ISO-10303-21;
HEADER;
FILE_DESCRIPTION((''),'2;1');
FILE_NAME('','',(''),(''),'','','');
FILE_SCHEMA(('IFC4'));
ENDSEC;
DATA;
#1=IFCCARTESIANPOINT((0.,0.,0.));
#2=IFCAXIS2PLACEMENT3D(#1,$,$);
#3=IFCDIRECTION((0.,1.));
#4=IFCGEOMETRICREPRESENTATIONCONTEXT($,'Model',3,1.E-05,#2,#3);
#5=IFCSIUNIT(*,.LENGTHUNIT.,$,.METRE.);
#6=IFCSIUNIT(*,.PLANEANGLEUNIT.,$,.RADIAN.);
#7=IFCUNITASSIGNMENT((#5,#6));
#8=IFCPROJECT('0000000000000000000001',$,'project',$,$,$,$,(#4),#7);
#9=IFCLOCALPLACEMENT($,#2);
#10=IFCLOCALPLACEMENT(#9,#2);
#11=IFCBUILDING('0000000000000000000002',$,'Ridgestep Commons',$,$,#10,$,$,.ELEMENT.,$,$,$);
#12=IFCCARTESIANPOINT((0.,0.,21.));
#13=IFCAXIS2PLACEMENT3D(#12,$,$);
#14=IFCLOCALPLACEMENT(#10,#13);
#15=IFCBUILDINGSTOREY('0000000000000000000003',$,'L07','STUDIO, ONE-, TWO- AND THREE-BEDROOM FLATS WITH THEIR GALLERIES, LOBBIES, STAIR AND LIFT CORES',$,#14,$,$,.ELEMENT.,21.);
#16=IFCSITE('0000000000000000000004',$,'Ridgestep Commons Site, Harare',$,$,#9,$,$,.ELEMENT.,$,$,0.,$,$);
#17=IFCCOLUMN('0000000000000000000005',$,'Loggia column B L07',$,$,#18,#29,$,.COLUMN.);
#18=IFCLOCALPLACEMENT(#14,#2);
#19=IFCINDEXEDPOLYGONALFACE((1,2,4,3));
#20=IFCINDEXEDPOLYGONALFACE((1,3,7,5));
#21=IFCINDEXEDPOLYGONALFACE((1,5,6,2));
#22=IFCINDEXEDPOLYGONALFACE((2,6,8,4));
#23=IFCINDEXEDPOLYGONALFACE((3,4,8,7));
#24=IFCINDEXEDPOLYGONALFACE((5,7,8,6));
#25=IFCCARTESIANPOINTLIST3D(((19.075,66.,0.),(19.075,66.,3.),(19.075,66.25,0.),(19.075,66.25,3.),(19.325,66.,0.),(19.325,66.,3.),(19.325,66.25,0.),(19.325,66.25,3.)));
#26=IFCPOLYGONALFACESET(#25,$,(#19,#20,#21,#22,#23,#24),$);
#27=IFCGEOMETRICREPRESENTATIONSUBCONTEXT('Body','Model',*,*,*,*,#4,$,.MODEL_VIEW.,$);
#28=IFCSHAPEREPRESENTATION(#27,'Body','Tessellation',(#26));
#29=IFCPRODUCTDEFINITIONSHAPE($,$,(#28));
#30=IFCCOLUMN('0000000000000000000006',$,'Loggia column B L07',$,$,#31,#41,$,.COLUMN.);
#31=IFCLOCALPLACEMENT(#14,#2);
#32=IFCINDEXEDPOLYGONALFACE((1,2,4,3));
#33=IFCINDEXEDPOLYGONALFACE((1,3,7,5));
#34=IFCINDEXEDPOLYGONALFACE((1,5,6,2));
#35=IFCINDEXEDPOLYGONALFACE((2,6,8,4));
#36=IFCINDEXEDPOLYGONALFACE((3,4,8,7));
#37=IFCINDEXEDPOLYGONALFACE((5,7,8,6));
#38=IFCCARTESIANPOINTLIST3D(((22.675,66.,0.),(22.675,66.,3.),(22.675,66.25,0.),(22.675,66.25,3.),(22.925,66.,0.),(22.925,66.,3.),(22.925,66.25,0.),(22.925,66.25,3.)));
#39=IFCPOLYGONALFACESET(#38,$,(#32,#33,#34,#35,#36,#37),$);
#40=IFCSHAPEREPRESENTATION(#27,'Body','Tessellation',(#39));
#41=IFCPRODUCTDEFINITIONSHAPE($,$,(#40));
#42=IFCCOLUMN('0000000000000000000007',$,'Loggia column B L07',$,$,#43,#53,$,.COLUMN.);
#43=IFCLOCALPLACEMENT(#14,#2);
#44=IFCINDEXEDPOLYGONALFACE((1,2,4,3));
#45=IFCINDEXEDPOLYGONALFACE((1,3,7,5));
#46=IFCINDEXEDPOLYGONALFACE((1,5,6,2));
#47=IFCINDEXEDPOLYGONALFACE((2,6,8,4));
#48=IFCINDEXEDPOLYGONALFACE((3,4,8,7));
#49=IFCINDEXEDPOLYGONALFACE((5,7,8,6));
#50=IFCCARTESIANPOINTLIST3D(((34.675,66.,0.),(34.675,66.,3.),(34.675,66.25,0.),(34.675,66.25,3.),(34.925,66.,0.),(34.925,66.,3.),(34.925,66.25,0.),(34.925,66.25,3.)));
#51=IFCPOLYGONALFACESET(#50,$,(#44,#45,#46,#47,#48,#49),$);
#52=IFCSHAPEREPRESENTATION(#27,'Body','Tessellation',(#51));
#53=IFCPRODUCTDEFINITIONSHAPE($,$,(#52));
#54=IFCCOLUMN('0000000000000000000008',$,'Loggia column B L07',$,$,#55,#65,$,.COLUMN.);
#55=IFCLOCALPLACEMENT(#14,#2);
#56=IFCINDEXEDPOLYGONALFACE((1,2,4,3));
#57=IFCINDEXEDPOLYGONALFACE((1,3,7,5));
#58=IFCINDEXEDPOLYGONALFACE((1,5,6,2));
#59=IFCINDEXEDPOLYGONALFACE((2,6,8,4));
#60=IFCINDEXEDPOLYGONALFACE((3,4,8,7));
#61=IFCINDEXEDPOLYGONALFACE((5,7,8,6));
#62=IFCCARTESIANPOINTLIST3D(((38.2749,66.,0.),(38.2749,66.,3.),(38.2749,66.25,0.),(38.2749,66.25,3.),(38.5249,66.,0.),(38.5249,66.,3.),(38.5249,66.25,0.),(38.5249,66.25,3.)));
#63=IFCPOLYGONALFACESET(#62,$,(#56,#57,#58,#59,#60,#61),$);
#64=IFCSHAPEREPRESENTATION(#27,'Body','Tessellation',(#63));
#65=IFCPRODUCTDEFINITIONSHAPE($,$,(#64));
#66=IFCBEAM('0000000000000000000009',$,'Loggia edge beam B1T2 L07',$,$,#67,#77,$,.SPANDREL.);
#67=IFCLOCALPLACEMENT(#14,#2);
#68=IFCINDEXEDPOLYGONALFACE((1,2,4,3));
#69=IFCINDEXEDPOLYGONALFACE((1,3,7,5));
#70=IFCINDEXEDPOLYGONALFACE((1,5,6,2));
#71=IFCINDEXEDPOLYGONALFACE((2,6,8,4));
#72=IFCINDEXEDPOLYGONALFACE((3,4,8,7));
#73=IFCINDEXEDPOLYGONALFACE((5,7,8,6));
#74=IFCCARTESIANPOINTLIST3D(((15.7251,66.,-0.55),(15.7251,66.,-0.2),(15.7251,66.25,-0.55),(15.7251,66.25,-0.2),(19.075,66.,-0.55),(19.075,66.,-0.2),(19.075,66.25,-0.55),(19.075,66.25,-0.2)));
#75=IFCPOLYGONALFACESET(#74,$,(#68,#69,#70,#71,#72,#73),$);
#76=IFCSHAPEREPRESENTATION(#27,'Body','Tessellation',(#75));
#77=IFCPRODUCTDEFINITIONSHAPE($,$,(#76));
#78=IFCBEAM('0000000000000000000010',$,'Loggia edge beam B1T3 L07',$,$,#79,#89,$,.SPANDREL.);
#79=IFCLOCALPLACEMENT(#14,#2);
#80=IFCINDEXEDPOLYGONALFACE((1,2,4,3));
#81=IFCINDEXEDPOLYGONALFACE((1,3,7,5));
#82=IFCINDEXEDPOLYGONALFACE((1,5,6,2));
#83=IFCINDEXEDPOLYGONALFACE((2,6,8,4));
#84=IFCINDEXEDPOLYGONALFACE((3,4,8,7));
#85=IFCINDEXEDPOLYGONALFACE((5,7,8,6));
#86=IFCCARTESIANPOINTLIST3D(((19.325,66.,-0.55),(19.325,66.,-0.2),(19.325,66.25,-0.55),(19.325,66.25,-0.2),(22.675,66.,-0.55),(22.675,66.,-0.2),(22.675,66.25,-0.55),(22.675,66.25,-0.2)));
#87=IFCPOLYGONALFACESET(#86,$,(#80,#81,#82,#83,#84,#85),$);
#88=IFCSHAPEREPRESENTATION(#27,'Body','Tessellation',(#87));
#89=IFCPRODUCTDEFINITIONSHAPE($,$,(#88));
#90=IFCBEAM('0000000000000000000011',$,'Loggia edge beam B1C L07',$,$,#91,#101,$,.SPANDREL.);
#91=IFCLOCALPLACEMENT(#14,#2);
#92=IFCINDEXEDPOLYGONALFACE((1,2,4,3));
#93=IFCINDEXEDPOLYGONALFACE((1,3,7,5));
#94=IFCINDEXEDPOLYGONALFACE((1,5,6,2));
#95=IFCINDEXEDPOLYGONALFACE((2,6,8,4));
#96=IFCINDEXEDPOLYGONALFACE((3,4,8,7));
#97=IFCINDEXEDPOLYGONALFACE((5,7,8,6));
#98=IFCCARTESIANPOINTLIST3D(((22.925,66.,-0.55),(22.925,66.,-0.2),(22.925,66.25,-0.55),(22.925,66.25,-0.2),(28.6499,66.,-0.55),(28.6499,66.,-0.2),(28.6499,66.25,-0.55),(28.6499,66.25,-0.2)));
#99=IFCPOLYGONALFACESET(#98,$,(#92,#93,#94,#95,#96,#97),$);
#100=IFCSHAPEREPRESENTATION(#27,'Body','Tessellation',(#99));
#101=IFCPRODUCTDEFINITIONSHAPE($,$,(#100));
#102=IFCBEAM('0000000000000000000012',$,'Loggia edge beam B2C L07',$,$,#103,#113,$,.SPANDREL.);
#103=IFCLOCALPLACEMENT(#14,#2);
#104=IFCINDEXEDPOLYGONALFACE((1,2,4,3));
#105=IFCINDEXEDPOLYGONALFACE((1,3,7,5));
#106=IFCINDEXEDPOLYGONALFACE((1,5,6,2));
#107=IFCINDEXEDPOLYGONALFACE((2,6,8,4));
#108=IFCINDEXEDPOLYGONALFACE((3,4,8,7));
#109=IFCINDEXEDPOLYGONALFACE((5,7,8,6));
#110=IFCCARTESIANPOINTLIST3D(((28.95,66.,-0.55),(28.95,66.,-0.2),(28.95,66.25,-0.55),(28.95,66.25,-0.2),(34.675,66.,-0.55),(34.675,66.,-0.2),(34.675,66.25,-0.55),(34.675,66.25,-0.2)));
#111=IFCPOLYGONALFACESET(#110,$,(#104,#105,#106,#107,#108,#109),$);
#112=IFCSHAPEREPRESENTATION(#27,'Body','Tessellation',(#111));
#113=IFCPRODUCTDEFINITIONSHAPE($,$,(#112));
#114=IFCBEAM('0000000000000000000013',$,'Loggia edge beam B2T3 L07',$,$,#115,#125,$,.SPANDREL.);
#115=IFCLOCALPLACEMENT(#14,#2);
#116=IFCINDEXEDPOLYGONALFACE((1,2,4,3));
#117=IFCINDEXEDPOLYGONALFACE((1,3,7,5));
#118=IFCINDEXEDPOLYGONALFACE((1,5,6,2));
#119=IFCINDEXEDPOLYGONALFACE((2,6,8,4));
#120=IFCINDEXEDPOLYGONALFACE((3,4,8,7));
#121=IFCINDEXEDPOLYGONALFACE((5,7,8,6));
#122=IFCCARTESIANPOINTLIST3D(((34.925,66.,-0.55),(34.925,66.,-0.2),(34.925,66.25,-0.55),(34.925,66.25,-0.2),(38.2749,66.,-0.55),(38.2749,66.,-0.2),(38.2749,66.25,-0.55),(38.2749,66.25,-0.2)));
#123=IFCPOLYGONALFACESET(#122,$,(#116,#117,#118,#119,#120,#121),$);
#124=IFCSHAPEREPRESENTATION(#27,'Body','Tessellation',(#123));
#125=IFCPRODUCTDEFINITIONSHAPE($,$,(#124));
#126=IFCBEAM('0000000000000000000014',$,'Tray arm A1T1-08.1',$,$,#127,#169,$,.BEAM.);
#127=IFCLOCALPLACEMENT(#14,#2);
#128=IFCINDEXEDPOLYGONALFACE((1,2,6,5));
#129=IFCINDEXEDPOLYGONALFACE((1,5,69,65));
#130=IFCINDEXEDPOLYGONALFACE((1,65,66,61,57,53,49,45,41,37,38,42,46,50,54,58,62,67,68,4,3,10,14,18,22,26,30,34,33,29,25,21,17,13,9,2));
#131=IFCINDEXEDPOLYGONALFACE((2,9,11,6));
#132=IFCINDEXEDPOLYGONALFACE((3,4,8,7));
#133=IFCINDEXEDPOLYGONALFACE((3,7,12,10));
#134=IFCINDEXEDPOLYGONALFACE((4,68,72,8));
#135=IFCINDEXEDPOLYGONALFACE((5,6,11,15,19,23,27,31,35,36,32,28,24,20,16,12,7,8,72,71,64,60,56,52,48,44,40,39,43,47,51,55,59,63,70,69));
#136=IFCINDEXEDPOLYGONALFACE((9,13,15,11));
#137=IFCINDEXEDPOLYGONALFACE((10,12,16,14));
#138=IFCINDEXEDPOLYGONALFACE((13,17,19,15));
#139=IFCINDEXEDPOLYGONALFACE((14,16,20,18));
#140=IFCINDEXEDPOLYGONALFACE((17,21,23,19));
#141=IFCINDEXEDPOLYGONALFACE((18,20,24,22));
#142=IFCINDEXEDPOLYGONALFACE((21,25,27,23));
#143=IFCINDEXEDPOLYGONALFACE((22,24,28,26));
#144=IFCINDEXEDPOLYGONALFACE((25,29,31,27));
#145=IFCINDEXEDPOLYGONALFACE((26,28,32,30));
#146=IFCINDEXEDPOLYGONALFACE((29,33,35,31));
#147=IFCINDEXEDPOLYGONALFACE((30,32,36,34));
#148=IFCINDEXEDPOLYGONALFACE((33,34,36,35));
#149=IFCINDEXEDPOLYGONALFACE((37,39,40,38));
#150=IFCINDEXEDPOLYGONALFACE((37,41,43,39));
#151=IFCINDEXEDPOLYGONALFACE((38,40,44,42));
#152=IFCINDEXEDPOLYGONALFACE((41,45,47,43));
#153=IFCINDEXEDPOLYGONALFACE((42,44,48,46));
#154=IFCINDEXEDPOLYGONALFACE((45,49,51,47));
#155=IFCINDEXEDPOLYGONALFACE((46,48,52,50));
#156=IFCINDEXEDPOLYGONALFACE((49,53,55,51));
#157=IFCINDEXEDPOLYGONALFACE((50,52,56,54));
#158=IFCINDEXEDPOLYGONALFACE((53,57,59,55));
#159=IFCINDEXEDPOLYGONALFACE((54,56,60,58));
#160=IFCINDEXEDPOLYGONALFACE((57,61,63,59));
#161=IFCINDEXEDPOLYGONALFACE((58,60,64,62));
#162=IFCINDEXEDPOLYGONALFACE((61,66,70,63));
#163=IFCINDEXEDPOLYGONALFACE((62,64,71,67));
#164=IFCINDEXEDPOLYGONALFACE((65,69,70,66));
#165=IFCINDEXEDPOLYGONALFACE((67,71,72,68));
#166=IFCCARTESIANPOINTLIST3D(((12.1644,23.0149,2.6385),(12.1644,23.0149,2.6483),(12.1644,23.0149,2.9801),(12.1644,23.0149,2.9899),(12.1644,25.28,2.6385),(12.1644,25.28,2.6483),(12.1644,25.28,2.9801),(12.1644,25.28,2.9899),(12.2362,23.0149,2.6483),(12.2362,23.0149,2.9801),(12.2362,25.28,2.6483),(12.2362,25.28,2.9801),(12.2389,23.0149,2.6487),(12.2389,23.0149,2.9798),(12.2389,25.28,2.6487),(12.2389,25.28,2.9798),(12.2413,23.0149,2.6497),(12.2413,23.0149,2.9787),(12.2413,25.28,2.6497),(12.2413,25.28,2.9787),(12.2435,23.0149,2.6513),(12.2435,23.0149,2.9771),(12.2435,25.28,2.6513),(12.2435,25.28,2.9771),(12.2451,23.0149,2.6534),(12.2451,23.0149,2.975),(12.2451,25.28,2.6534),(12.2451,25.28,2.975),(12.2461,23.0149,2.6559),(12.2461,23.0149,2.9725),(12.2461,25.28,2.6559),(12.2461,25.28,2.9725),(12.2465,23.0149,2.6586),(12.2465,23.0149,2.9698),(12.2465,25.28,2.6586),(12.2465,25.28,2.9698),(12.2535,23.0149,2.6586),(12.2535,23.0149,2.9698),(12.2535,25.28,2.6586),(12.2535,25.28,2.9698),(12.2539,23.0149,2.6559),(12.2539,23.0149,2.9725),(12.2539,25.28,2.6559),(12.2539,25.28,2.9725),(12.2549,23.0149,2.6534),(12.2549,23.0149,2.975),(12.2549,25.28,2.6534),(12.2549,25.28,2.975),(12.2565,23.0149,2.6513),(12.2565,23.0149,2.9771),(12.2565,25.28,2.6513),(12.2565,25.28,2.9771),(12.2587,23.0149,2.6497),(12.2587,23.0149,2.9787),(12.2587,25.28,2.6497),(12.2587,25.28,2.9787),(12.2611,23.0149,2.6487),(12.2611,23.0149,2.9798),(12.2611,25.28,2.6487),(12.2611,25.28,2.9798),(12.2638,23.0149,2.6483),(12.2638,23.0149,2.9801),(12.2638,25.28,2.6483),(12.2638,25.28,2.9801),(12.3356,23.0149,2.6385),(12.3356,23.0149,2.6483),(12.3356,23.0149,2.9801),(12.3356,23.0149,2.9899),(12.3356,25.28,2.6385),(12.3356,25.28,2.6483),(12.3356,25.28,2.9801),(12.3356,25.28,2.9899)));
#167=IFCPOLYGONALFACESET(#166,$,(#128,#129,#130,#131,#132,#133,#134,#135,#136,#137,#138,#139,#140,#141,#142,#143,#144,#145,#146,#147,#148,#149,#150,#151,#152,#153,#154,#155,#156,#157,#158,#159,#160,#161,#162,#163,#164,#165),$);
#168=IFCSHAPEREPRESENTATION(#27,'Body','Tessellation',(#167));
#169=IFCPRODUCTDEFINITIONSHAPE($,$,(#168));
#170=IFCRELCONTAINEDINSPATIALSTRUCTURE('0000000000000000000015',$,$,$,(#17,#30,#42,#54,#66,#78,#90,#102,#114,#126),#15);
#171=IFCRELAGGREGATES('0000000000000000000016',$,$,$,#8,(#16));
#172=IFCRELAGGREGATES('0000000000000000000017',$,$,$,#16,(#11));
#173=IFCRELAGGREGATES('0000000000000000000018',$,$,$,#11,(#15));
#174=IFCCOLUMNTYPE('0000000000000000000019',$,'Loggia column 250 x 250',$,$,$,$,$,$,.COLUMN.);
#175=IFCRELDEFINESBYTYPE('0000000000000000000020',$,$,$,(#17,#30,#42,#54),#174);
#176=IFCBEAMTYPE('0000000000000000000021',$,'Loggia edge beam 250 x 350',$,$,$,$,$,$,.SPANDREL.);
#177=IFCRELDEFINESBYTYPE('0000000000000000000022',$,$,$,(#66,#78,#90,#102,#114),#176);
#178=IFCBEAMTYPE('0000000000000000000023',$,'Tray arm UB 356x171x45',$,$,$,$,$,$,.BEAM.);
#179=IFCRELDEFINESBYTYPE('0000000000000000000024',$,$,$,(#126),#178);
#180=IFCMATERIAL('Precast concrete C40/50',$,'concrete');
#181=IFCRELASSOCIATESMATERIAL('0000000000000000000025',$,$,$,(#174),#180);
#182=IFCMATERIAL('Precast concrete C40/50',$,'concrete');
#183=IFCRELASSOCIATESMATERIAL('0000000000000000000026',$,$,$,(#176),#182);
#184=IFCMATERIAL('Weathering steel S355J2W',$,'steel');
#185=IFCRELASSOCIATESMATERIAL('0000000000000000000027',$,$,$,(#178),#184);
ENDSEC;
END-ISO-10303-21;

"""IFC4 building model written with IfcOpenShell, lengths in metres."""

from ifc_helpers import new_model, si_unit, direction, frame, origin, origin_2d, place, context, subcontext, project, spatial, rectangle, i_section, extrude, material, material_profile, profile_set, type_object, element, save


model = new_model("IFC4")

# Units and contexts
model_context = context("Model", 3, precision=1e-05, world=origin(), true_north=direction((0.0, 1.0)))
body_context = subcontext(model_context, "Body", "Model", "MODEL_VIEW")
ifc_project = project(units=[si_unit("LENGTHUNIT", "METRE"), si_unit("PLANEANGLEUNIT", "RADIAN")], contexts=[model_context])

# Site, building, storey
site_placement = place(None, origin())
site = spatial("IfcSite", under=ifc_project, at=site_placement, Name="Ridgestep Commons Site, Harare", CompositionType="ELEMENT", RefElevation=0.0)
building_placement = place(site_placement, origin())
building = spatial("IfcBuilding", under=site, at=building_placement, Name="Ridgestep Commons", CompositionType="ELEMENT")
storey_placement = place(building_placement, frame((0.0, 0.0, 21.0)))
storey = spatial("IfcBuildingStorey", under=building, at=storey_placement, Name="L07", Description="STUDIO, ONE-, TWO- AND THREE-BEDROOM FLATS WITH THEIR GALLERIES, LOBBIES, STAIR AND LIFT CORES", CompositionType="ELEMENT", Elevation=21.0)

# Columns
ifc_material_1 = material(Name="Precast concrete C40/50", Category="concrete")
ifc_material_profile_1 = material_profile(ifc_material_1, rectangle(XDim=0.25, YDim=0.25, at=origin_2d()), Name="PC 250x250")
ifc_profile_set_1 = profile_set([ifc_material_profile_1], Name="Precast concrete C40/50")
column_type = type_object("IfcColumnType", Name="Loggia column 250 x 250", PredefinedType="COLUMN", material=ifc_profile_set_1)
for number, where, z_axis, x_axis, name in (
    (1, (19.2, 66.125, 0.0), (0.0, 0.0, 1.0), (1.0, 0.0, 0.0), "Loggia column B L07"),
    (2, (22.8, 66.125, 0.0), (0.0, 0.0, 1.0), (1.0, 0.0, 0.0), "Loggia column B L07"),
    (3, (34.8, 66.125, 0.0), (0.0, 0.0, 1.0), (1.0, 0.0, 0.0), "Loggia column B L07"),
    (4, (38.3999, 66.125, 0.0), (0.0, 0.0, 1.0), (1.0, 0.0, 0.0), "Loggia column B L07"),
):
    element("IfcColumn", number, at=place(storey_placement, frame(where, z_axis=z_axis, x_axis=x_axis)), inside=storey, type_object=column_type, Name=name, PredefinedType="COLUMN", context=body_context, shape_type="SweptSolid", body=[
        extrude(rectangle(XDim=0.25, YDim=0.25, at=origin_2d()), origin(), (0.0, 0.0, 1.0), 3.0),
    ])

# Beams
ifc_material_2 = material(Name="Precast concrete C40/50", Category="concrete")
ifc_material_profile_2 = material_profile(ifc_material_2, rectangle(XDim=0.25, YDim=0.3501, at=origin_2d()), Name="PC 250x350")
ifc_profile_set_2 = profile_set([ifc_material_profile_2], Name="Precast concrete C40/50")
beam_type_1 = type_object("IfcBeamType", Name="Loggia edge beam 250 x 350", PredefinedType="SPANDREL", material=ifc_profile_set_2)
beam_1_placement = place(storey_placement, frame((15.7251, 66.125, -0.375), z_axis=(1.0, 0.0, 0.0), x_axis=(0.0, 1.0, 0.0)))
element("IfcBeam", 5, at=beam_1_placement, inside=storey, type_object=beam_type_1, Name="Loggia edge beam B1T2 L07", PredefinedType="SPANDREL", context=body_context, shape_type="SweptSolid", body=[
    extrude(rectangle(XDim=0.25, YDim=0.3501, at=origin_2d()), origin(), (0.0, 0.0, 1.0), 3.3499),
])
beam_2_placement = place(storey_placement, frame((19.325, 66.125, -0.375), z_axis=(1.0, 0.0, 0.0), x_axis=(0.0, 1.0, 0.0)))
element("IfcBeam", 6, at=beam_2_placement, inside=storey, type_object=beam_type_1, Name="Loggia edge beam B1T3 L07", PredefinedType="SPANDREL", context=body_context, shape_type="SweptSolid", body=[
    extrude(rectangle(XDim=0.25, YDim=0.3501, at=origin_2d()), origin(), (0.0, 0.0, 1.0), 3.3501),
])
beam_3_placement = place(storey_placement, frame((22.925, 66.125, -0.375), z_axis=(1.0, 0.0, 0.0), x_axis=(0.0, 1.0, 0.0)))
element("IfcBeam", 7, at=beam_3_placement, inside=storey, type_object=beam_type_1, Name="Loggia edge beam B1C L07", PredefinedType="SPANDREL", context=body_context, shape_type="SweptSolid", body=[
    extrude(rectangle(XDim=0.25, YDim=0.3501, at=origin_2d()), origin(), (0.0, 0.0, 1.0), 5.7249),
])
beam_4_placement = place(storey_placement, frame((28.95, 66.125, -0.375), z_axis=(1.0, 0.0, 0.0), x_axis=(0.0, 1.0, 0.0)))
element("IfcBeam", 8, at=beam_4_placement, inside=storey, type_object=beam_type_1, Name="Loggia edge beam B2C L07", PredefinedType="SPANDREL", context=body_context, shape_type="SweptSolid", body=[
    extrude(rectangle(XDim=0.25, YDim=0.3501, at=origin_2d()), origin(), (0.0, 0.0, 1.0), 5.7251),
])
beam_5_placement = place(storey_placement, frame((34.925, 66.125, -0.375), z_axis=(1.0, 0.0, 0.0), x_axis=(0.0, 1.0, 0.0)))
element("IfcBeam", 9, at=beam_5_placement, inside=storey, type_object=beam_type_1, Name="Loggia edge beam B2T3 L07", PredefinedType="SPANDREL", context=body_context, shape_type="SweptSolid", body=[
    extrude(rectangle(XDim=0.25, YDim=0.3501, at=origin_2d()), origin(), (0.0, 0.0, 1.0), 3.3499),
])
ifc_material_3 = material(Name="Weathering steel S355J2W", Category="steel")
ifc_material_profile_3 = material_profile(ifc_material_3, i_section(OverallWidth=0.1711, OverallDepth=0.3513, WebThickness=0.0071, FlangeThickness=0.0098, FilletRadius=0.0103, at=origin_2d()), Name="UB 356x171x45")
ifc_profile_set_3 = profile_set([ifc_material_profile_3], Name="Weathering steel S355J2W")
beam_type_2 = type_object("IfcBeamType", Name="Tray arm UB 356x171x45", PredefinedType="BEAM", material=ifc_profile_set_3)
for number, where, z_axis, x_axis, name in (
    (10, (12.25, 23.0149, 2.8142), (0.0, 1.0, 0.0), (-1.0, 0.0, 0.0), "Tray arm A1T1-08.1"),
):
    element("IfcBeam", number, at=place(storey_placement, frame(where, z_axis=z_axis, x_axis=x_axis)), inside=storey, type_object=beam_type_2, Name=name, PredefinedType="BEAM", context=body_context, shape_type="SweptSolid", body=[
        extrude(i_section(OverallWidth=0.1711, OverallDepth=0.3513, WebThickness=0.0071, FlangeThickness=0.0098, FilletRadius=0.0103, at=origin_2d()), origin(), (0.0, 0.0, 1.0), 2.2651),
    ])

save(model, "model.ifc")
